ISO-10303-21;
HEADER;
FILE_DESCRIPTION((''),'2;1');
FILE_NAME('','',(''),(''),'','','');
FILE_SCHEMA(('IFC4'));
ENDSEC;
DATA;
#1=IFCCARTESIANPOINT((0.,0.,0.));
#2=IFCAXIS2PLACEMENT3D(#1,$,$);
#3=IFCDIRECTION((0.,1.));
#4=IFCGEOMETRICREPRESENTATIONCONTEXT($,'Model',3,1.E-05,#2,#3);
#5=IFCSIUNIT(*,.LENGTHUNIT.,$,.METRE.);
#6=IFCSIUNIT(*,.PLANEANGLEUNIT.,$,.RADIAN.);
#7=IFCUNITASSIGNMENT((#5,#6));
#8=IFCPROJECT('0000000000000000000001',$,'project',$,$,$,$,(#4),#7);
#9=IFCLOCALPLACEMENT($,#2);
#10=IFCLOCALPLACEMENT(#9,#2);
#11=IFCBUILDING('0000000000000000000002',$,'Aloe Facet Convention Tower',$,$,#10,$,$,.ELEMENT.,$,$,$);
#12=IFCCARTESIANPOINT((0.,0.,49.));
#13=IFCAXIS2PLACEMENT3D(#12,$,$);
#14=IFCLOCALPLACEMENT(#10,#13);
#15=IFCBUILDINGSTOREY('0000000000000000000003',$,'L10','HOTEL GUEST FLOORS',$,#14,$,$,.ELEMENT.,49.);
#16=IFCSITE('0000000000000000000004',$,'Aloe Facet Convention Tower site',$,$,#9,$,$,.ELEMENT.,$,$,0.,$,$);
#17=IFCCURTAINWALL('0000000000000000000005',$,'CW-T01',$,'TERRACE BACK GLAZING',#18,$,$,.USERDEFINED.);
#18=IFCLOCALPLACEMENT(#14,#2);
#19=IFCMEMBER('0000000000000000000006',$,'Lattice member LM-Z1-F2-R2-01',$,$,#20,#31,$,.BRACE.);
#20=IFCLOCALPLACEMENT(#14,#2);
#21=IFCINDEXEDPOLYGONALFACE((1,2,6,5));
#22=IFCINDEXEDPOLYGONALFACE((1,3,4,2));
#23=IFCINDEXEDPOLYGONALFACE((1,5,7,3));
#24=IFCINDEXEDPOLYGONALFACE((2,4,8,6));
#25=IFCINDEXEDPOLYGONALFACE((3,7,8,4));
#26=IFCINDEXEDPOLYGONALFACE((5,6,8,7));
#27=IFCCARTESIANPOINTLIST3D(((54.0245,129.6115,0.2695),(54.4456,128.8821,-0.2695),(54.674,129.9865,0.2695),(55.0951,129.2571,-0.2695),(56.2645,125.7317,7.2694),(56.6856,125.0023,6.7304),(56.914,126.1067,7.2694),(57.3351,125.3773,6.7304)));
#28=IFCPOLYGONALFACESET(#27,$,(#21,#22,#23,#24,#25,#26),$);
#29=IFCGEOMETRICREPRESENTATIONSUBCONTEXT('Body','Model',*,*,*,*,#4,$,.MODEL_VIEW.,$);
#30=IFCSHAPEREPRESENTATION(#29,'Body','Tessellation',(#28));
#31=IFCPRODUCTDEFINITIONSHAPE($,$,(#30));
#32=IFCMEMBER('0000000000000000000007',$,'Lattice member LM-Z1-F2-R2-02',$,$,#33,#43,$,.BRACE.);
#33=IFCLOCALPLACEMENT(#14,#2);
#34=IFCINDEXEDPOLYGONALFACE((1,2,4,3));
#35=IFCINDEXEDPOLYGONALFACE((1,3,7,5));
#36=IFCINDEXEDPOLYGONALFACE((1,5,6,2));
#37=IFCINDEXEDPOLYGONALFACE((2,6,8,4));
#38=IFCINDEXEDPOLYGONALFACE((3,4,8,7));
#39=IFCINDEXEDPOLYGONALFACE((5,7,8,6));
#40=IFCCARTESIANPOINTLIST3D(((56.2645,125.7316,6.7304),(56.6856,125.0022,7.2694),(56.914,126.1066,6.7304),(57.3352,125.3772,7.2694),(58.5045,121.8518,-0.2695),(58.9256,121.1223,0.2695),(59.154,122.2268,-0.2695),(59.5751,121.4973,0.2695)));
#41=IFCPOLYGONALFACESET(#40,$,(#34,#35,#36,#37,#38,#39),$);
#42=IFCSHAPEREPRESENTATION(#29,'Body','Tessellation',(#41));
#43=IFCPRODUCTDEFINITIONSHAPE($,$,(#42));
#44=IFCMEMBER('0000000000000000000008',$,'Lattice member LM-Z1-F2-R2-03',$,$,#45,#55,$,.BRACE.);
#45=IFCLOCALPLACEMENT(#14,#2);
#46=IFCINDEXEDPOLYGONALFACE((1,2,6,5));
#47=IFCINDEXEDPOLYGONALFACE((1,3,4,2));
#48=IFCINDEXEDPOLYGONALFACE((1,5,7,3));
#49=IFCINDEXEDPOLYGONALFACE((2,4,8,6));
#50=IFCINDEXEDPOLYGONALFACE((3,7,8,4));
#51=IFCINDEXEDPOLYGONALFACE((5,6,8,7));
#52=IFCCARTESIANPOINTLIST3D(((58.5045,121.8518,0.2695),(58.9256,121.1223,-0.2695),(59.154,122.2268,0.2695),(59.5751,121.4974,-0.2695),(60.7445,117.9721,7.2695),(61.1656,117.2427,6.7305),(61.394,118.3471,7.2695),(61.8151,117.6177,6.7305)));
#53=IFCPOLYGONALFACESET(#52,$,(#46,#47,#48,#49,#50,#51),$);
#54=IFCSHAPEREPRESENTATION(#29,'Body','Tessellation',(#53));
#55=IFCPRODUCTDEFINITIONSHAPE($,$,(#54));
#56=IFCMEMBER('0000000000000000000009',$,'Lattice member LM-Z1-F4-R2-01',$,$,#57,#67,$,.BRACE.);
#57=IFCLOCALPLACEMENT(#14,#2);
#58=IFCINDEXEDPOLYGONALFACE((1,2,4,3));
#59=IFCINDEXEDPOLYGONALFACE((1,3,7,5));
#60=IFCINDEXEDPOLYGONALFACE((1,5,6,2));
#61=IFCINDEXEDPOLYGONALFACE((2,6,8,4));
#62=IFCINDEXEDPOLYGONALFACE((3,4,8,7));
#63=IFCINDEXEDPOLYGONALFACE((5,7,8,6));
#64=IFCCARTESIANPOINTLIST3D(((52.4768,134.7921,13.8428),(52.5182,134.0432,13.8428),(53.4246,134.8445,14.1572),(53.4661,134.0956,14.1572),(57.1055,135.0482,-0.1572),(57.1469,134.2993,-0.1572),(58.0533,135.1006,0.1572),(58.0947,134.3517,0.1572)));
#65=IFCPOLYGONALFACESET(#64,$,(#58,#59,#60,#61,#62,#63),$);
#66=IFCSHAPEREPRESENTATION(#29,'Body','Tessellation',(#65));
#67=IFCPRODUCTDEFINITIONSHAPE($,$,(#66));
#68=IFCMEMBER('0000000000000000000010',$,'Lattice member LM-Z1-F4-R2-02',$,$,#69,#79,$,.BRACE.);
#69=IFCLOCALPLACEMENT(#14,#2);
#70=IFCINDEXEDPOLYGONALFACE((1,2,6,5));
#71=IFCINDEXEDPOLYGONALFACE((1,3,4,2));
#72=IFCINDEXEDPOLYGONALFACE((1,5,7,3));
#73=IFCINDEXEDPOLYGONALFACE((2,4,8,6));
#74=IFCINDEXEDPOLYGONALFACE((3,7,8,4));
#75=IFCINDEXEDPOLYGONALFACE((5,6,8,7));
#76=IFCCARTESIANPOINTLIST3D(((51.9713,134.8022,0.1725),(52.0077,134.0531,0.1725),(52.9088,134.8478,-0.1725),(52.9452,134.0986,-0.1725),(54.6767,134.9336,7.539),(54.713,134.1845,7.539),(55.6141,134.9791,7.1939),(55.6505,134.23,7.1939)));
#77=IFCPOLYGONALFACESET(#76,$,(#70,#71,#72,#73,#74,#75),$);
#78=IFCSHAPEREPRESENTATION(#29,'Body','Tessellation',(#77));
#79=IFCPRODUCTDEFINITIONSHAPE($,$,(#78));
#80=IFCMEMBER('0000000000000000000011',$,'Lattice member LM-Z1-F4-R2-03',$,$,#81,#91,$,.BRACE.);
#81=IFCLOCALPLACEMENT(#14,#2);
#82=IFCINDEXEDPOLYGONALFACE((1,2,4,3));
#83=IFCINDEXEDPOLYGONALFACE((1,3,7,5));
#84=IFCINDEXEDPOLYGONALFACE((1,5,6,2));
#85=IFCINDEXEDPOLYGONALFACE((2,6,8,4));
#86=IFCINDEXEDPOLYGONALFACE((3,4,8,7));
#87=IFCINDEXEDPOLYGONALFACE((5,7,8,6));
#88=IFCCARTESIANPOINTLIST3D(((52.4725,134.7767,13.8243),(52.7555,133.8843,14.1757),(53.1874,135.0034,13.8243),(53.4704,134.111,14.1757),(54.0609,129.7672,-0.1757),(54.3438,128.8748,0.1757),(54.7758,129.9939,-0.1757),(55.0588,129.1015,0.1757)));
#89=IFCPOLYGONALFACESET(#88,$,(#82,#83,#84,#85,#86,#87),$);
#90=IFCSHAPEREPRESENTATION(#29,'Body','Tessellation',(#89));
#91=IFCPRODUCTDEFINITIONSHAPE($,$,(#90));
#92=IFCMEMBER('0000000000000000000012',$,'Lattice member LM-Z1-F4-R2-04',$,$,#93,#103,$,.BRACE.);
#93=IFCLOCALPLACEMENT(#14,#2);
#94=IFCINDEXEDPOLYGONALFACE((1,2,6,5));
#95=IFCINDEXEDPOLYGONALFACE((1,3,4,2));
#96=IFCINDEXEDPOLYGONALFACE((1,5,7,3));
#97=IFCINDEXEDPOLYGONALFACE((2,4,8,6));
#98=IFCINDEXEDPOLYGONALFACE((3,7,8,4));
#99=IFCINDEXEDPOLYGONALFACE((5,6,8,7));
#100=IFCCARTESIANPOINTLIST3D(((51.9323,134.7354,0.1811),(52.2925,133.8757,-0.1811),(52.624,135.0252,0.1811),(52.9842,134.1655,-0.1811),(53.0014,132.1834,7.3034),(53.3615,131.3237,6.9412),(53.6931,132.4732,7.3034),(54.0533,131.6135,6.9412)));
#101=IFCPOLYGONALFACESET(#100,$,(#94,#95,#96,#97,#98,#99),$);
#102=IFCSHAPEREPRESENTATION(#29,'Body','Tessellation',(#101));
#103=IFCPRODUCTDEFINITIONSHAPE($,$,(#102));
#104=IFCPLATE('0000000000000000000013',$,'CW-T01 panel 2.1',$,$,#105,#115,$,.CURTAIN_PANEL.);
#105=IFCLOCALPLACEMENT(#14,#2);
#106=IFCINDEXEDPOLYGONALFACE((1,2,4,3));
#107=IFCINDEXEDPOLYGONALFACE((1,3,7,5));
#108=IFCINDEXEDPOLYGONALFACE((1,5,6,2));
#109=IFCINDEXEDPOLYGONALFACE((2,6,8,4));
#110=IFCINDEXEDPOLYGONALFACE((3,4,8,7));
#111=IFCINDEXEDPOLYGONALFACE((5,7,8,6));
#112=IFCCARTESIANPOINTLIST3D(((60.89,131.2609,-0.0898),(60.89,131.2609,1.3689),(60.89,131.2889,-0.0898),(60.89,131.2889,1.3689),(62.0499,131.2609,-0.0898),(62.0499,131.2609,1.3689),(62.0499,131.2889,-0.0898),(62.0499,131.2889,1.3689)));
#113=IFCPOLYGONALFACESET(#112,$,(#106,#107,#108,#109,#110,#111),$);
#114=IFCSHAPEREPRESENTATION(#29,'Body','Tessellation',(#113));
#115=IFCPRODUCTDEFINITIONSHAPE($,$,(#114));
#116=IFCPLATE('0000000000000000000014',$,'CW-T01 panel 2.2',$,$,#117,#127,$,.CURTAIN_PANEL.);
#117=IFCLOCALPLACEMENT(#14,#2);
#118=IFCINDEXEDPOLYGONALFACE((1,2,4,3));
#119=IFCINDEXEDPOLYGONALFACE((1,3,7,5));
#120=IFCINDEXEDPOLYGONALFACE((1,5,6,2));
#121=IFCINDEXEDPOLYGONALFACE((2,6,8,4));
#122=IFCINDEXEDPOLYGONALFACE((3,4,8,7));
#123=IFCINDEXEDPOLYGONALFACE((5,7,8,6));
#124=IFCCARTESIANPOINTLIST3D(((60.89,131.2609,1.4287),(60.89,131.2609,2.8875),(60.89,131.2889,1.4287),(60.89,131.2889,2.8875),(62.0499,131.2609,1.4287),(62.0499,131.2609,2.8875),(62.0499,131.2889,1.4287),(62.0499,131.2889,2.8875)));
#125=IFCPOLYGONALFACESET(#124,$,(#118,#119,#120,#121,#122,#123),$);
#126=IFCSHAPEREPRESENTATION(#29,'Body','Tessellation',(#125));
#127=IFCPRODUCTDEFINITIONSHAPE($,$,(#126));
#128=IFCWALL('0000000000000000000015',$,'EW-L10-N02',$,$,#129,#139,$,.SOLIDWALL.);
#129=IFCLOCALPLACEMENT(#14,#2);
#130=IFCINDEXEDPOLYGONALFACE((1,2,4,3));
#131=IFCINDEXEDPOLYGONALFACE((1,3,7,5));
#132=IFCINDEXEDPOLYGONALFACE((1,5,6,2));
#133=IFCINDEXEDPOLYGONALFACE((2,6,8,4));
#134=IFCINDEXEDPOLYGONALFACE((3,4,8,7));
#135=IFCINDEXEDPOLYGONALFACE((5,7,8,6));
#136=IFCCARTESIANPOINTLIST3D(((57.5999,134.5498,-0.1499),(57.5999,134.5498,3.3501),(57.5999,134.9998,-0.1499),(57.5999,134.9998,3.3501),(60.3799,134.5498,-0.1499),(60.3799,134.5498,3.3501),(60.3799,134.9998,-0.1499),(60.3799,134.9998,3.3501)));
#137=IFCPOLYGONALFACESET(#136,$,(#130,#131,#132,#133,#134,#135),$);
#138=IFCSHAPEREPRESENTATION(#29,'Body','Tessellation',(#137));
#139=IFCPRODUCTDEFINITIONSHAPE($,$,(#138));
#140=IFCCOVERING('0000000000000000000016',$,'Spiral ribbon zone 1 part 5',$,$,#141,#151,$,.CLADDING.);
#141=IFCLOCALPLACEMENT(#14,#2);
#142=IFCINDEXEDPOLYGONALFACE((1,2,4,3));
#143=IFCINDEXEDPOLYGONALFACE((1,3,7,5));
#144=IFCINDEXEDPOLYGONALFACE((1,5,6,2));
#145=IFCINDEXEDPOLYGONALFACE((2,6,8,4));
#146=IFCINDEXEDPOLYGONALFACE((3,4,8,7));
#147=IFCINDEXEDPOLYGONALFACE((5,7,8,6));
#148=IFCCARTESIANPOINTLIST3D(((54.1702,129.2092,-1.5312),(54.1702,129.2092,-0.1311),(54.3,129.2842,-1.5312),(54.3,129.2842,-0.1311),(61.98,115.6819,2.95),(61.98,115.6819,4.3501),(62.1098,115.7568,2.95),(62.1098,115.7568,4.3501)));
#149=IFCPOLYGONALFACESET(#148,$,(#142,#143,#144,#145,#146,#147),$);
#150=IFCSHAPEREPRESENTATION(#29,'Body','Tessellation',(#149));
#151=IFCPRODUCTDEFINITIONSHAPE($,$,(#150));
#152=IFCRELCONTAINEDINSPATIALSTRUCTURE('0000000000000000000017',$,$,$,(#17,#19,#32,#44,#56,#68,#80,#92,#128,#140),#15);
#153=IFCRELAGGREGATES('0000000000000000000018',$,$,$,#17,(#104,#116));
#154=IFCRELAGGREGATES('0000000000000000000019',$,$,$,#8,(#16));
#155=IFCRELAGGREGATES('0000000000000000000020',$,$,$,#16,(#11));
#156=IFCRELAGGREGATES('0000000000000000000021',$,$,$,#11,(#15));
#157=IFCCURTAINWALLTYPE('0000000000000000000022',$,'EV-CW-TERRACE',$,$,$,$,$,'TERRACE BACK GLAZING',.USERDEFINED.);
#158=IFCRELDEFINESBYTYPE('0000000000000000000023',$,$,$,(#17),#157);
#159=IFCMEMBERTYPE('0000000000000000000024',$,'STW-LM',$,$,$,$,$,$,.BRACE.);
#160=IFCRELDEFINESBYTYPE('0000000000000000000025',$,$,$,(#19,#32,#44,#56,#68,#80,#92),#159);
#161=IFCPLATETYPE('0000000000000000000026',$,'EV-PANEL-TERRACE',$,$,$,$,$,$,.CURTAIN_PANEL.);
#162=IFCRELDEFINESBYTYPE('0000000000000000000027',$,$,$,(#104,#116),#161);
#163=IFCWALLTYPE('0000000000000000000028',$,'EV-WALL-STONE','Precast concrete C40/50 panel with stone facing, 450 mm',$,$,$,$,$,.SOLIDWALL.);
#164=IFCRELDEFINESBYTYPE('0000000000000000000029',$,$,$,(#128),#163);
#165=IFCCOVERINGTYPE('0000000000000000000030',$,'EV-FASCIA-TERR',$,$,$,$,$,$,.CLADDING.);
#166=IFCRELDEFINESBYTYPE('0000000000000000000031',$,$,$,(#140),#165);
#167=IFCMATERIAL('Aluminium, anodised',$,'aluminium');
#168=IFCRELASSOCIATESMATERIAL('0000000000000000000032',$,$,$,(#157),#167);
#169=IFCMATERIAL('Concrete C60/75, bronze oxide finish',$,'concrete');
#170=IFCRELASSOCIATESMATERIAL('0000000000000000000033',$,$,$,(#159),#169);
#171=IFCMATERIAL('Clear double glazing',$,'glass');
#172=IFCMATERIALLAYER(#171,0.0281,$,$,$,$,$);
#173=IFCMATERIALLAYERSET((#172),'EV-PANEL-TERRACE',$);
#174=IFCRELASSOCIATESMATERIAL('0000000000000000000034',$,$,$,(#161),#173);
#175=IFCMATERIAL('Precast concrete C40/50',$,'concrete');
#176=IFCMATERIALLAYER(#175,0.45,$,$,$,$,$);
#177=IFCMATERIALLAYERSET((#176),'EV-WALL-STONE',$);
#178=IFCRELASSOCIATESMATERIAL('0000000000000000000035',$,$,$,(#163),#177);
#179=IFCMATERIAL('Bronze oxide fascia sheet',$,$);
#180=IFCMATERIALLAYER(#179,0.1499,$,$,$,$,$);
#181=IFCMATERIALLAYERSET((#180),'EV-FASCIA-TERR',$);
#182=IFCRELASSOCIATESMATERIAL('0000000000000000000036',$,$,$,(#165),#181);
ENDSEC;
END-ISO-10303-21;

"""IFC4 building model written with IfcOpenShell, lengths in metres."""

from ifc_helpers import new_model, si_unit, direction, frame, origin, origin_2d, place, context, subcontext, project, spatial, polyline, rectangle, outline, extrude, material, layer, layer_set, material_profile, profile_set, type_object, element, aggregate, save


model = new_model("IFC4")

# Units and contexts
model_context = context("Model", 3, precision=1e-05, world=origin(), true_north=direction((0.0, 1.0)))
body_context = subcontext(model_context, "Body", "Model", "MODEL_VIEW")
ifc_project = project(units=[si_unit("LENGTHUNIT", "METRE"), si_unit("PLANEANGLEUNIT", "RADIAN")], contexts=[model_context])

# Site, building, storey
site_placement = place(None, origin())
site = spatial("IfcSite", under=ifc_project, at=site_placement, Name="Aloe Facet Convention Tower site", CompositionType="ELEMENT", RefElevation=0.0)
building_placement = place(site_placement, origin())
building = spatial("IfcBuilding", under=site, at=building_placement, Name="Aloe Facet Convention Tower", CompositionType="ELEMENT")
storey_placement = place(building_placement, frame((0.0, 0.0, 49.0)))
storey = spatial("IfcBuildingStorey", under=building, at=storey_placement, Name="L10", Description="HOTEL GUEST FLOORS", CompositionType="ELEMENT", Elevation=49.0)

# Curtain wall
ifc_material_1 = material(Name="Aluminium, anodised", Category="aluminium")
curtain_wall_type = type_object("IfcCurtainWallType", Name="EV-CW-TERRACE", ElementType="TERRACE BACK GLAZING", PredefinedType="USERDEFINED", material=ifc_material_1)
curtain_wall_placement = place(storey_placement, origin())
curtain_wall = element("IfcCurtainWall", 1, at=curtain_wall_placement, inside=storey, type_object=curtain_wall_type, Name="CW-T01", ObjectType="TERRACE BACK GLAZING", PredefinedType="USERDEFINED")

# Members
ifc_material_2 = material(Name="Concrete C60/75, bronze oxide finish", Category="concrete")
ifc_material_profile_1 = material_profile(ifc_material_2, rectangle(XDim=0.75, YDim=1.0, at=origin_2d()), Name="STW-LM")
ifc_profile_set_1 = profile_set([ifc_material_profile_1], Name="Concrete C60/75, bronze oxide finish")
member_type_1 = type_object("IfcMemberType", Name="STW-LM", PredefinedType="BRACE", material=ifc_profile_set_1)
for number, where, z_axis, x_axis, name in (
    (2, (54.5598, 129.4343, 0.0), (0.269524, -0.466843, 0.842267), (0.866031, 0.49999, 0.0), "Lattice member LM-Z1-F2-R2-01"),
    (3, (59.0398, 121.6746, 0.0), (-0.269524, 0.466843, 0.842267), (-0.866031, -0.49999, 0.0), "Lattice member LM-Z1-F2-R2-02"),
    (4, (59.0398, 121.6746, 0.0), (0.269528, -0.46682, 0.842279), (0.866018, 0.500013, 0.0), "Lattice member LM-Z1-F2-R2-03"),
):
    element("IfcMember", number, at=place(storey_placement, frame(where, z_axis=z_axis, x_axis=x_axis)), inside=storey, type_object=member_type_1, Name=name, PredefinedType="BRACE", context=body_context, shape_type="SweptSolid", body=[
        extrude(rectangle(XDim=0.75, YDim=1.0, at=origin_2d()), origin(), (0.0, 0.0, 1.0), 8.3108),
    ])
member_1_placement = place(storey_placement, frame((57.6001, 134.7, 0.0), z_axis=(-0.31386, -0.017366, 0.949311), x_axis=(0.055245, -0.998473, 0.0)))
element("IfcMember", 5, at=member_1_placement, inside=storey, type_object=member_type_1, Name="Lattice member LM-Z1-F4-R2-01", PredefinedType="BRACE", context=body_context, shape_type="SweptSolid", body=[
    extrude(rectangle(XDim=0.75, YDim=1.0, at=origin_2d()), origin(), (0.0, 0.0, 1.0), 14.7476),
])
member_2_placement = place(storey_placement, frame((52.4583, 134.4504, 0.0), z_axis=(0.344688, 0.016735, 0.938568), x_axis=(-0.048494, 0.998823, 0.0)))
element("IfcMember", 6, at=member_2_placement, inside=storey, type_object=member_type_1, Name="Lattice member LM-Z1-F4-R2-02", PredefinedType="BRACE", context=body_context, shape_type="SweptSolid", body=[
    extrude(rectangle(XDim=0.75, YDim=1.0, at=origin_2d()), origin(), (0.0, 0.0, 1.0), 7.8486),
])
member_3_placement = place(storey_placement, frame((54.5598, 129.4343, 0.0), z_axis=(-0.106219, 0.334998, 0.936212), x_axis=(-0.953231, -0.302243, 0.0)))
element("IfcMember", 7, at=member_3_placement, inside=storey, type_object=member_type_1, Name="Lattice member LM-Z1-F4-R2-03", PredefinedType="BRACE", context=body_context, shape_type="SweptSolid", body=[
    extrude(rectangle(XDim=0.75, YDim=1.0, at=origin_2d()), origin(), (0.0, 0.0, 1.0), 14.9539),
])
member_4_placement = place(storey_placement, frame((52.4583, 134.4504, 0.0), z_axis=(0.139917, -0.333993, 0.932133), x_axis=(0.922336, 0.386388, 0.0)))
element("IfcMember", 8, at=member_4_placement, inside=storey, type_object=member_type_1, Name="Lattice member LM-Z1-F4-R2-04", PredefinedType="BRACE", context=body_context, shape_type="SweptSolid", body=[
    extrude(rectangle(XDim=0.75, YDim=1.0, at=origin_2d()), origin(), (0.0, 0.0, 1.0), 7.6409),
])

# Plates
ifc_material_3 = material(Name="Clear double glazing", Category="glass")
ifc_layer_1 = layer(ifc_material_3, 0.0281)
ifc_layer_set_1 = layer_set([ifc_layer_1], Name="EV-PANEL-TERRACE")
plate_type = type_object("IfcPlateType", Name="EV-PANEL-TERRACE", PredefinedType="CURTAIN_PANEL", material=ifc_layer_set_1)
plate_1_placement = place(storey_placement, frame((61.47, 131.2749, -0.0898), z_axis=(0.0, 0.0, 1.0), x_axis=(-1.0, 0.0, 0.0)))
plate_1 = element("IfcPlate", 9, at=plate_1_placement, type_object=plate_type, Name="CW-T01 panel 2.1", PredefinedType="CURTAIN_PANEL", context=body_context, shape_type="SweptSolid", body=[
    extrude(rectangle(XDim=1.1599, YDim=0.0281, at=origin_2d()), origin(), (0.0, 0.0, 1.0), 1.4587),
])
plate_2_placement = place(storey_placement, frame((61.47, 131.2749, 1.4287), z_axis=(0.0, 0.0, 1.0), x_axis=(-1.0, 0.0, 0.0)))
plate_2 = element("IfcPlate", 10, at=plate_2_placement, type_object=plate_type, Name="CW-T01 panel 2.2", PredefinedType="CURTAIN_PANEL", context=body_context, shape_type="SweptSolid", body=[
    extrude(rectangle(XDim=1.1599, YDim=0.0281, at=origin_2d()), origin(), (0.0, 0.0, 1.0), 1.4587),
])
aggregate(curtain_wall, [plate_1, plate_2])

# Wall
ifc_material_4 = material(Name="Precast concrete C40/50", Category="concrete")
ifc_layer_2 = layer(ifc_material_4, 0.45)
ifc_layer_set_2 = layer_set([ifc_layer_2], Name="EV-WALL-STONE")
wall_type = type_object("IfcWallType", Name="EV-WALL-STONE", Description="Precast concrete C40/50 panel with stone facing, 450 mm", PredefinedType="SOLIDWALL", material=ifc_layer_set_2)
wall_1_placement = place(storey_placement, frame((60.3799, 134.7749, -0.1499), z_axis=(0.0, 0.0, 1.0), x_axis=(-1.0, 0.0, 0.0)))
element("IfcWall", 11, at=wall_1_placement, inside=storey, type_object=wall_type, Name="EW-L10-N02", PredefinedType="SOLIDWALL", context=body_context, shape_type="SweptSolid", body=[
    extrude(outline(polyline([(2.78, 3.5), (2.78, 0.0), (0.0, 0.0), (0.0, 3.5), (2.78, 3.5)])), frame((0.0, 0.2251, 0.0), z_axis=(0.0, -1.0, 0.0), x_axis=(1.0, 0.0, 0.0)), (0.0, 0.0, 1.0), 0.45),
])

# Covering
ifc_material_5 = material(Name="Bronze oxide fascia sheet")
ifc_layer_3 = layer(ifc_material_5, 0.1499)
ifc_layer_set_3 = layer_set([ifc_layer_3], Name="EV-FASCIA-TERR")
covering_type = type_object("IfcCoveringType", Name="EV-FASCIA-TERR", PredefinedType="CLADDING", material=ifc_layer_set_3)
covering_placement = place(storey_placement, frame((54.1702, 129.2092, -1.5312), z_axis=(-0.866031, -0.49999, 0.0), x_axis=(0.480603, -0.832451, 0.275766)))
element("IfcCovering", 12, at=covering_placement, inside=storey, type_object=covering_type, Name="Spiral ribbon zone 1 part 5", PredefinedType="CLADDING", context=body_context, shape_type="SweptSolid", body=[
    extrude(outline(polyline([(0.0, 0.0), (16.25, 0.0), (16.6361, 1.3459), (0.3861, 1.3459), (0.0, 0.0)])), origin(), (0.0, 0.0, -1.0), 0.1499),
])

save(model, "model.ifc")
